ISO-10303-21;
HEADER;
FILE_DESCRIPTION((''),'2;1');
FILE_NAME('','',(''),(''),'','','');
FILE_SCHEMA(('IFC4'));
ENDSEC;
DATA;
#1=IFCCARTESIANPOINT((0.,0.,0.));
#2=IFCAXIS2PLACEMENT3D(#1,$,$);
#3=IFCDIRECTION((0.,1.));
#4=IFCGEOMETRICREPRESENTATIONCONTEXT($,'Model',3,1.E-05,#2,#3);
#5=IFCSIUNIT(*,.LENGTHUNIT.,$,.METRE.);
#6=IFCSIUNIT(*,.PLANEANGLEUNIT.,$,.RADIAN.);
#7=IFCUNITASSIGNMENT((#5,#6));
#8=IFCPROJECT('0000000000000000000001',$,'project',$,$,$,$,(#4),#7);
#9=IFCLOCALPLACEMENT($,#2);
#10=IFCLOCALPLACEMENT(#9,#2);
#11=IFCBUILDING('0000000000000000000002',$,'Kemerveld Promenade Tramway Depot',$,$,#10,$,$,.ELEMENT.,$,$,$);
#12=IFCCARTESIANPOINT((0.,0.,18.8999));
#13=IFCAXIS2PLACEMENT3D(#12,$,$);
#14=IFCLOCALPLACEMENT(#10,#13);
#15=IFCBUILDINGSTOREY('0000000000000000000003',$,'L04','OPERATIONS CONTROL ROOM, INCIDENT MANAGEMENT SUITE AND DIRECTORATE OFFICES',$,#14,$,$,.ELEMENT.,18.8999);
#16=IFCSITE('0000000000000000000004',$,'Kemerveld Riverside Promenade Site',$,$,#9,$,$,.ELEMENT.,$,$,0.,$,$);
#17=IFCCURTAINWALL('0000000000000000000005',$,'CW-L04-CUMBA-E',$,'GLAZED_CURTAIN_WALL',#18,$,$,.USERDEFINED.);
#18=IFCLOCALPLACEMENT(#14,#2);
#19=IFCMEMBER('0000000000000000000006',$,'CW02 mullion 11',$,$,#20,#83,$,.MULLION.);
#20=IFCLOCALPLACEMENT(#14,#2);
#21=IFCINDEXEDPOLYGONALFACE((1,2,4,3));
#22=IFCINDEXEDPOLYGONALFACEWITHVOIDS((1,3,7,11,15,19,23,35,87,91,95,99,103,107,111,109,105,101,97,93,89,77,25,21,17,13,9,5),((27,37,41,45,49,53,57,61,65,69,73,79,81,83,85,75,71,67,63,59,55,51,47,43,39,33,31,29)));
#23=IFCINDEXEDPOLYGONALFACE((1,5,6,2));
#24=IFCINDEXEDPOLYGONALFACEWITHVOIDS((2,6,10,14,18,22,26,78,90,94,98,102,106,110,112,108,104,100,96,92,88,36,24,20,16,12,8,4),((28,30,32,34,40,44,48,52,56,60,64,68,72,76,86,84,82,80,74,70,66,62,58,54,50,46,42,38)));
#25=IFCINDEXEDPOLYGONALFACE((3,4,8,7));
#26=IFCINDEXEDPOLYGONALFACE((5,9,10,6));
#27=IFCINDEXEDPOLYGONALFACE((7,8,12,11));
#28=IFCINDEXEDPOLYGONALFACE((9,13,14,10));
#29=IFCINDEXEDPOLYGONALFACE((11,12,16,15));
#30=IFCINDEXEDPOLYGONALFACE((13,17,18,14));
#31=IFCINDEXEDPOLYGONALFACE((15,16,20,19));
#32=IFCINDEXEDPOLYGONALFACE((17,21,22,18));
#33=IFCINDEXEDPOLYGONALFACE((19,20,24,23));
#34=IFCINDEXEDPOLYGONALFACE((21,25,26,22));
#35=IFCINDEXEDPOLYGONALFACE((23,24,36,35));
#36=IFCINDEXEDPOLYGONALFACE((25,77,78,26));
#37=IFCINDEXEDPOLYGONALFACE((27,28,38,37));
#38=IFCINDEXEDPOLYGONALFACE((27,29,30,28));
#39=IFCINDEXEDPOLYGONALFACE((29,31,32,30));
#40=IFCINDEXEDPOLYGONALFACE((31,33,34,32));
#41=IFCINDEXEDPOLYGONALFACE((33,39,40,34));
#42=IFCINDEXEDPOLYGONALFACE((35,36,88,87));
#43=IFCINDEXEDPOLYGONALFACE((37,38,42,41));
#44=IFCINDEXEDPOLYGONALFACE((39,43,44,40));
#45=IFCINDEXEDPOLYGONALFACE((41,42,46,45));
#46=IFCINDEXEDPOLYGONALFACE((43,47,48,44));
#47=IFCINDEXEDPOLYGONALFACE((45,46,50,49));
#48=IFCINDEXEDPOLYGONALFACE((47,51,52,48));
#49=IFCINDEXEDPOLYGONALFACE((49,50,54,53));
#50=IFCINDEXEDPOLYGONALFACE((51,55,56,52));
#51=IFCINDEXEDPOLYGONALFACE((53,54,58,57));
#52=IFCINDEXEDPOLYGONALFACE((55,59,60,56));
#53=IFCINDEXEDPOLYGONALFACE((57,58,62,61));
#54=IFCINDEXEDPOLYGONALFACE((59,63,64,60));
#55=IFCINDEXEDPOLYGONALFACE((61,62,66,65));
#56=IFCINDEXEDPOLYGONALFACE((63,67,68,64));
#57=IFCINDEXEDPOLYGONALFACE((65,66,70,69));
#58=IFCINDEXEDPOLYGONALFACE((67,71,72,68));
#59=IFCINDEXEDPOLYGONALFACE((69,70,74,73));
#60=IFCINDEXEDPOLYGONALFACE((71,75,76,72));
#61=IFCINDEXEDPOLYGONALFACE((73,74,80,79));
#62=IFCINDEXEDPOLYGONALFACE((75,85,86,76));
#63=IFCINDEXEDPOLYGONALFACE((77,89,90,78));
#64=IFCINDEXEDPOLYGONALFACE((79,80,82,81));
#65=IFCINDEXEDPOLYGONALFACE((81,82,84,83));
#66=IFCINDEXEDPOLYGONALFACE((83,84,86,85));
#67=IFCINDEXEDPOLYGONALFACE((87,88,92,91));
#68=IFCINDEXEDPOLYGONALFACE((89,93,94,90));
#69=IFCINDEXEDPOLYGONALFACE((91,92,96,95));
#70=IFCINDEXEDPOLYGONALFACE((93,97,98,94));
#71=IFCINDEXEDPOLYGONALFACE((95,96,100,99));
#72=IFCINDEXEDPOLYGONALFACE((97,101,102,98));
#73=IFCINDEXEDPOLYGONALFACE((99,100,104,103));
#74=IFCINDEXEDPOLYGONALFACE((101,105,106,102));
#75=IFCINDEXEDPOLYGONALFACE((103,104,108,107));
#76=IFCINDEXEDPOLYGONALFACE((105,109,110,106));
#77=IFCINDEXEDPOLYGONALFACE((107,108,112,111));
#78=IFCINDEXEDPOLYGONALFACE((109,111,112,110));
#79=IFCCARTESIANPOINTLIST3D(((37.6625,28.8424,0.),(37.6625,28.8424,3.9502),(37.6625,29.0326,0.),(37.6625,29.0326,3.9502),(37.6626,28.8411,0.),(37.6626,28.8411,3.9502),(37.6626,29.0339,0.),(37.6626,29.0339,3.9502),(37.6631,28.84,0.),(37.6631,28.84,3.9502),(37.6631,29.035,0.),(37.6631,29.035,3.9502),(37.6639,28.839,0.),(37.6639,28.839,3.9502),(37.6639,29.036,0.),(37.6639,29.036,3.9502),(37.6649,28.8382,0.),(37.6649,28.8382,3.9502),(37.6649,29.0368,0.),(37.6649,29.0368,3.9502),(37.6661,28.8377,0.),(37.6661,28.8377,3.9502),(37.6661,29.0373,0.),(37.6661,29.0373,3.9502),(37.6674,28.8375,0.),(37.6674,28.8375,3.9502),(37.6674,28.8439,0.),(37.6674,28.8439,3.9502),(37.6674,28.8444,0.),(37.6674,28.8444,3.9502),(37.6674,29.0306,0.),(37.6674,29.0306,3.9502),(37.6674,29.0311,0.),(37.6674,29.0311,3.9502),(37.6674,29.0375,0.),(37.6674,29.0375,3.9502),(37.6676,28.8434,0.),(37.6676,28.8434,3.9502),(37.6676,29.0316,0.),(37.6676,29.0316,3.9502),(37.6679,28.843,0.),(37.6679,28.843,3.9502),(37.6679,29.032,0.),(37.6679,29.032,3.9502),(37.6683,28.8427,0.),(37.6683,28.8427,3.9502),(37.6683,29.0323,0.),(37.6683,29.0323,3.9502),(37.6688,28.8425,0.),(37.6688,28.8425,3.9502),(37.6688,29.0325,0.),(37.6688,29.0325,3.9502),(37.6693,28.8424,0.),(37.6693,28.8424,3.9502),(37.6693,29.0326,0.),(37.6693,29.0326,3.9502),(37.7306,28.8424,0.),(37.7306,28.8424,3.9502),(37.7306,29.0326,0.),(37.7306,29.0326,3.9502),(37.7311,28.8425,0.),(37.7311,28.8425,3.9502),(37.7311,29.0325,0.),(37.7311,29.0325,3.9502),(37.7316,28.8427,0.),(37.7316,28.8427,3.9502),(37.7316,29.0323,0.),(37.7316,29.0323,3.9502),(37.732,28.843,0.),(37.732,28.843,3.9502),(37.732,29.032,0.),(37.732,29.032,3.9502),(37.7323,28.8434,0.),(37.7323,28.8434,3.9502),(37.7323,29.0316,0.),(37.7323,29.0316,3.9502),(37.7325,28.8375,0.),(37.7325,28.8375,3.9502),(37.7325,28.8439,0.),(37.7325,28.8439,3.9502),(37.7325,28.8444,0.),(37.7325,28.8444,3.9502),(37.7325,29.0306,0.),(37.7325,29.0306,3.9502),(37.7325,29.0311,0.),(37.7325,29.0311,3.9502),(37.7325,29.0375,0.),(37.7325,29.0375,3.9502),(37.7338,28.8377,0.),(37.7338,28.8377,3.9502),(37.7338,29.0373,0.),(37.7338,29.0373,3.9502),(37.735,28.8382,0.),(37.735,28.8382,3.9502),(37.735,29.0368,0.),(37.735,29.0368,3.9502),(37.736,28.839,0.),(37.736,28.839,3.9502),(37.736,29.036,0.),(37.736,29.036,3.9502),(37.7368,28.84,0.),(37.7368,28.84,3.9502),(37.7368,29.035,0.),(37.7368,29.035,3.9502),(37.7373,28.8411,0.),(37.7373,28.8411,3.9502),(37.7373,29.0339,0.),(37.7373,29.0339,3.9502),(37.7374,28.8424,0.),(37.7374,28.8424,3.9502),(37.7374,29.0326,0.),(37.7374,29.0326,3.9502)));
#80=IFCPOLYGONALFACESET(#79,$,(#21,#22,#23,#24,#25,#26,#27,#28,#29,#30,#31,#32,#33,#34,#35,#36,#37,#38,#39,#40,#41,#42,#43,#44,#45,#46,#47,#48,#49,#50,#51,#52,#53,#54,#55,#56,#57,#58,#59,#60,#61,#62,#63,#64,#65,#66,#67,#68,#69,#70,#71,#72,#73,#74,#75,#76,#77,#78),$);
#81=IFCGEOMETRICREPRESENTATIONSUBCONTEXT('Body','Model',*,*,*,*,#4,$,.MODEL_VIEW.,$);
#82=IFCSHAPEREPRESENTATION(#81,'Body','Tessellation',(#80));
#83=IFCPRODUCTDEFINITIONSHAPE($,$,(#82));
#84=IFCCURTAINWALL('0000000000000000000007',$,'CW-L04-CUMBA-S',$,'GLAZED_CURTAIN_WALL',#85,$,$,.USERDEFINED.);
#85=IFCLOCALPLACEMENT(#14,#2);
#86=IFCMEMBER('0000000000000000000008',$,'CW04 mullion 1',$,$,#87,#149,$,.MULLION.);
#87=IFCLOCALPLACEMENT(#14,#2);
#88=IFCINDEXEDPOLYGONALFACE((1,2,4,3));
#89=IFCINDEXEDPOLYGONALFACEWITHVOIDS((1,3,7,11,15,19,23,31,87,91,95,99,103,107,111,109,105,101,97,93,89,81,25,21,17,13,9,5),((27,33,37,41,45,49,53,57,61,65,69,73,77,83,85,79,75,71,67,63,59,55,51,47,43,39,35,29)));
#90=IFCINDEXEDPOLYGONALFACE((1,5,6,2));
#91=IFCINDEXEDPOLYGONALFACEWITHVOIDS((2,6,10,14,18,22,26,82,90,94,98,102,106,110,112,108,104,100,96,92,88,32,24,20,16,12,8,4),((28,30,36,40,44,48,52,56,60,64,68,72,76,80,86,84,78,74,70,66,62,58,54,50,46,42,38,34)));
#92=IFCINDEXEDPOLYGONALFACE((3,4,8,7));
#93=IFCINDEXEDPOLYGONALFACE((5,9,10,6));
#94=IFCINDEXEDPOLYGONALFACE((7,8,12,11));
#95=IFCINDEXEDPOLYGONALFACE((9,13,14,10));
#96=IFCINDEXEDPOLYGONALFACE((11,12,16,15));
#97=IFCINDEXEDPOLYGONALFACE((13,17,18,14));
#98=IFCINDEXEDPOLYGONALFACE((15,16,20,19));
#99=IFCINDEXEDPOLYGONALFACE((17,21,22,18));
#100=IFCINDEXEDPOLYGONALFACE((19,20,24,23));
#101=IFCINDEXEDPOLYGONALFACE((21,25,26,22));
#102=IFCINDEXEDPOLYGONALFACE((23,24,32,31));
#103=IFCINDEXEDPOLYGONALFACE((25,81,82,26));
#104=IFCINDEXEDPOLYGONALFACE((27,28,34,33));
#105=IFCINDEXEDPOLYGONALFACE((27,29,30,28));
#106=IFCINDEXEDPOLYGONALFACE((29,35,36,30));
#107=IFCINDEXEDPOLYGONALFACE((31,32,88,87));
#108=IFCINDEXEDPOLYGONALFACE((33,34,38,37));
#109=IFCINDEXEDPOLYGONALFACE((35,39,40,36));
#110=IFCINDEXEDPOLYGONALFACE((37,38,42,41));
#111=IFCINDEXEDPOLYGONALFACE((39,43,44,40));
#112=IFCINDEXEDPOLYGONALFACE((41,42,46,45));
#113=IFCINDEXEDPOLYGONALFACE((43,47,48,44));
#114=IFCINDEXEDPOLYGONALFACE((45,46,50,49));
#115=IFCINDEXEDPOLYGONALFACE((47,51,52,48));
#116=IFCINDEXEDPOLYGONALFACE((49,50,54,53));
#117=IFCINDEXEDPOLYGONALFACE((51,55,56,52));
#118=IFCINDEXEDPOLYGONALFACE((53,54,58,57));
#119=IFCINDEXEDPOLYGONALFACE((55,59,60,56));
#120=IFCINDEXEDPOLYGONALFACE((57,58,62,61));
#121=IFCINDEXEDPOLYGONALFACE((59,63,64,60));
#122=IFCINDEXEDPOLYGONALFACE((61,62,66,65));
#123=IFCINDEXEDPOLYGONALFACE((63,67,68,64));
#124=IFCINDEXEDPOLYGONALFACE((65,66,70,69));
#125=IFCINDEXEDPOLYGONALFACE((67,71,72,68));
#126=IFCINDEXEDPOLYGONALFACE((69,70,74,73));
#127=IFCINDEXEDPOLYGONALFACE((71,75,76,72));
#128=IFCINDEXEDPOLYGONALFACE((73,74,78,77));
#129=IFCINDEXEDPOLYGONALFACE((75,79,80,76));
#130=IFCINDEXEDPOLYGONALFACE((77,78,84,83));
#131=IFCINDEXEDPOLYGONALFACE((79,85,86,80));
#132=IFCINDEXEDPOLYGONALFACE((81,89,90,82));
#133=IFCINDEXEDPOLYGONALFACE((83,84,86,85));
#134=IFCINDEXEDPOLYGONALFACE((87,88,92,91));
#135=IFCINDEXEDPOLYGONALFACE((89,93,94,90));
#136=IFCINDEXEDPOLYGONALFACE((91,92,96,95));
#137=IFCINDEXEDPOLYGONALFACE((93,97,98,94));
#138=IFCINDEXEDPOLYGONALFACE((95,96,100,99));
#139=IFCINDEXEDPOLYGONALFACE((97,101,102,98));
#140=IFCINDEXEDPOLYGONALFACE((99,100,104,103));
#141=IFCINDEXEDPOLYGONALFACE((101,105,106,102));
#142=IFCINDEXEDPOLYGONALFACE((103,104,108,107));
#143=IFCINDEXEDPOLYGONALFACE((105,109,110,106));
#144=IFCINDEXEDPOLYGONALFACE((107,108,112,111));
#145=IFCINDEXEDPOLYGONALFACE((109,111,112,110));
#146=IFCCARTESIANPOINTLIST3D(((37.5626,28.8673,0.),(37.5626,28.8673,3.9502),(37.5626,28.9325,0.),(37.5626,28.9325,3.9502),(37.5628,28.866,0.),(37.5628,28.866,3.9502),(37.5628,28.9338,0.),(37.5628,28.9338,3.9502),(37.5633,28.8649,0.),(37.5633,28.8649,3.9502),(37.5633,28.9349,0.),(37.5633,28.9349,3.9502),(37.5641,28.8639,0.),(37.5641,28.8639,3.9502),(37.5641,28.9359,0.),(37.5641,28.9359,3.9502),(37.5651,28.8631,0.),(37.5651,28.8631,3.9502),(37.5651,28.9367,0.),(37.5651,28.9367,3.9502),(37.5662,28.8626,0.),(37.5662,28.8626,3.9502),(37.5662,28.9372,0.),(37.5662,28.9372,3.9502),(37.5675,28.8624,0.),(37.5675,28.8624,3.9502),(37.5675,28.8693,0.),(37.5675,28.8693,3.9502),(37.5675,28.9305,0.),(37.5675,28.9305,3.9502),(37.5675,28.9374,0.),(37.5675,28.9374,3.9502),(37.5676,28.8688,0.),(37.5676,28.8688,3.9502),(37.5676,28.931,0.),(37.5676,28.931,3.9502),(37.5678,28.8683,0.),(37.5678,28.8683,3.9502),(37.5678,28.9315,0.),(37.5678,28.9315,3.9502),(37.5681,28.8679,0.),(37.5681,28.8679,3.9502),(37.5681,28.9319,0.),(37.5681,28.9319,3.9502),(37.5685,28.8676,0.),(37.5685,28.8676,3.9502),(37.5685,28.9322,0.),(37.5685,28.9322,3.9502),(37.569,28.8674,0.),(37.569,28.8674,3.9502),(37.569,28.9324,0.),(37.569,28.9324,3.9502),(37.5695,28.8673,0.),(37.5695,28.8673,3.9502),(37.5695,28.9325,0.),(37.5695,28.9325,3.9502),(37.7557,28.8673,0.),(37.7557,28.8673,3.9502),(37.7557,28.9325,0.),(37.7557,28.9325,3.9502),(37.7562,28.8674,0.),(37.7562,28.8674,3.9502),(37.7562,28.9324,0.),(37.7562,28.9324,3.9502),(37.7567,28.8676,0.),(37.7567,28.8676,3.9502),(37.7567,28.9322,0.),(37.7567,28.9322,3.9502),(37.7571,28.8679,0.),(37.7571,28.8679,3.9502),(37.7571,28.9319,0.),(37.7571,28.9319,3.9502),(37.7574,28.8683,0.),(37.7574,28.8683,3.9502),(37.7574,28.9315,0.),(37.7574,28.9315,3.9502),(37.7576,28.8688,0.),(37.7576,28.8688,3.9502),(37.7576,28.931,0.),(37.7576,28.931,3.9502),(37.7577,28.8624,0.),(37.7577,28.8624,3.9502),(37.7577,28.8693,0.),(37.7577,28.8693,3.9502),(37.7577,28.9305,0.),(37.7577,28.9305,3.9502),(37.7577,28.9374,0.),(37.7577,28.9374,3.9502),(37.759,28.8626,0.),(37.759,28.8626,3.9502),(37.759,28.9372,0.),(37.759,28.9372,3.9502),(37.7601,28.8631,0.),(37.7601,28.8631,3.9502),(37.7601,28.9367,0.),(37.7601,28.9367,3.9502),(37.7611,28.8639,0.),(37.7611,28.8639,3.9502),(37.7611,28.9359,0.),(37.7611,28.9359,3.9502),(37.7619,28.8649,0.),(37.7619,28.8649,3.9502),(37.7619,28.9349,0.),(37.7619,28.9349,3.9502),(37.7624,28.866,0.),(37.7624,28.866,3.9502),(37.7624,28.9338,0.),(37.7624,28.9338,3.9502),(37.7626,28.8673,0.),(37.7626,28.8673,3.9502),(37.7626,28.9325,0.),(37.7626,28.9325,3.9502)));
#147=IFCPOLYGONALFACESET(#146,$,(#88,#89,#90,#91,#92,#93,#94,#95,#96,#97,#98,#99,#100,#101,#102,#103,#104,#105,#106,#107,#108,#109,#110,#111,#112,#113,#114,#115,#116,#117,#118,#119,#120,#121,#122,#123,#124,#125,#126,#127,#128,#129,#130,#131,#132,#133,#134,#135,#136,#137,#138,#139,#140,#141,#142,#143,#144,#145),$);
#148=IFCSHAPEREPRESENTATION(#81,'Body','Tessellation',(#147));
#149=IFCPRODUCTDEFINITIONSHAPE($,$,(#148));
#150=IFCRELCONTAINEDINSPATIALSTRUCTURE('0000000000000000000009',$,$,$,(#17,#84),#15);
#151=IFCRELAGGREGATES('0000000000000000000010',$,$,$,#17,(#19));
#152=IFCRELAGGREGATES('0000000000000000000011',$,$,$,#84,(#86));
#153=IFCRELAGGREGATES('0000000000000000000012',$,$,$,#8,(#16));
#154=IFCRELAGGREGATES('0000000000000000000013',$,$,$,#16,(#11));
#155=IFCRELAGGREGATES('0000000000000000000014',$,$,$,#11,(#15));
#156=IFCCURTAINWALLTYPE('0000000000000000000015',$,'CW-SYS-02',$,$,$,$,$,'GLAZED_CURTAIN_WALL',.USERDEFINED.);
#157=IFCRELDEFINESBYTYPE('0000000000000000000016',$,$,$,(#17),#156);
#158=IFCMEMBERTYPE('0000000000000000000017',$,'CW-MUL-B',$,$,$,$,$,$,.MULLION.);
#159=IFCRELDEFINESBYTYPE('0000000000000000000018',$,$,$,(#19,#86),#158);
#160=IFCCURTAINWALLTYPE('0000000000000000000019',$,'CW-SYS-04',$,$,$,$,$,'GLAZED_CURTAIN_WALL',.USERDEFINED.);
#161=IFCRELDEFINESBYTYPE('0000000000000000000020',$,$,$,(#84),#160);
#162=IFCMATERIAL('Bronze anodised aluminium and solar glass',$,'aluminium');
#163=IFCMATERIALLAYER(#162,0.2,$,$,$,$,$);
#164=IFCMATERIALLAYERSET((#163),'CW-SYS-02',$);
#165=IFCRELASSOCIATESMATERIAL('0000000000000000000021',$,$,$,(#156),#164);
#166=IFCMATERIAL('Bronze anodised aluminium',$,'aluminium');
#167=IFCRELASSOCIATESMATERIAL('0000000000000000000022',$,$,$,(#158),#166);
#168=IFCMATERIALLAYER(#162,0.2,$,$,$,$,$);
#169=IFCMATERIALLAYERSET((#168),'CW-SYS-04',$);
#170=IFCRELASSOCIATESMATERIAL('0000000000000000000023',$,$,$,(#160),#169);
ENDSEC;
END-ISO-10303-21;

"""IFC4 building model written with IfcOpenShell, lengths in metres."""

from ifc_helpers import new_model, si_unit, direction, frame, origin, origin_2d, place, context, subcontext, project, spatial, hollow_rectangle, extrude, material, layer, layer_set, material_profile, profile_set, type_object, element, aggregate, save


model = new_model("IFC4")

# Units and contexts
model_context = context("Model", 3, precision=1e-05, world=origin(), true_north=direction((0.0, 1.0)))
body_context = subcontext(model_context, "Body", "Model", "MODEL_VIEW")
ifc_project = project(units=[si_unit("LENGTHUNIT", "METRE"), si_unit("PLANEANGLEUNIT", "RADIAN")], contexts=[model_context])

# Site, building, storey
site_placement = place(None, origin())
site = spatial("IfcSite", under=ifc_project, at=site_placement, Name="Kemerveld Riverside Promenade Site", CompositionType="ELEMENT", RefElevation=0.0)
building_placement = place(site_placement, origin())
building = spatial("IfcBuilding", under=site, at=building_placement, Name="Kemerveld Promenade Tramway Depot", CompositionType="ELEMENT")
storey_placement = place(building_placement, frame((0.0, 0.0, 18.8999)))
storey = spatial("IfcBuildingStorey", under=building, at=storey_placement, Name="L04", Description="OPERATIONS CONTROL ROOM, INCIDENT MANAGEMENT SUITE AND DIRECTORATE OFFICES", CompositionType="ELEMENT", Elevation=18.8999)

# Curtain walls, members
ifc_material_1 = material(Name="Bronze anodised aluminium and solar glass", Category="aluminium")
ifc_layer_1 = layer(ifc_material_1, 0.2)
ifc_layer_set_1 = layer_set([ifc_layer_1], Name="CW-SYS-02")
curtain_wall_type_1 = type_object("IfcCurtainWallType", Name="CW-SYS-02", ElementType="GLAZED_CURTAIN_WALL", PredefinedType="USERDEFINED", material=ifc_layer_set_1)
curtain_wall_1_placement = place(storey_placement, origin())
curtain_wall_1 = element("IfcCurtainWall", 1, at=curtain_wall_1_placement, inside=storey, type_object=curtain_wall_type_1, Name="CW-L04-CUMBA-E", ObjectType="GLAZED_CURTAIN_WALL", PredefinedType="USERDEFINED")
ifc_material_2 = material(Name="Bronze anodised aluminium", Category="aluminium")
ifc_material_profile_1 = material_profile(ifc_material_2, hollow_rectangle(XDim=0.075, YDim=0.2, WallThickness=0.0049, InnerFilletRadius=0.002, OuterFilletRadius=0.0049, at=origin_2d()), Name="CW-MUL-200x75")
ifc_profile_set_1 = profile_set([ifc_material_profile_1], Name="Bronze anodised aluminium")
member_type_1 = type_object("IfcMemberType", Name="CW-MUL-B", PredefinedType="MULLION", material=ifc_profile_set_1)
member_1_placement = place(storey_placement, frame((37.7, 28.9375, 0.0), z_axis=(0.0, 0.0, 1.0), x_axis=(1.0, 0.0, 0.0)))
member_1 = element("IfcMember", 2, at=member_1_placement, type_object=member_type_1, Name="CW02 mullion 11", PredefinedType="MULLION", context=body_context, shape_type="SweptSolid", body=[
    extrude(hollow_rectangle(XDim=0.075, YDim=0.2, WallThickness=0.0049, InnerFilletRadius=0.002, OuterFilletRadius=0.0049, at=origin_2d()), origin(), (0.0, 0.0, 1.0), 3.9502),
])
ifc_layer_2 = layer(ifc_material_1, 0.2)
ifc_layer_set_2 = layer_set([ifc_layer_2], Name="CW-SYS-04")
curtain_wall_type_2 = type_object("IfcCurtainWallType", Name="CW-SYS-04", ElementType="GLAZED_CURTAIN_WALL", PredefinedType="USERDEFINED", material=ifc_layer_set_2)
curtain_wall_2_placement = place(storey_placement, origin())
curtain_wall_2 = element("IfcCurtainWall", 3, at=curtain_wall_2_placement, inside=storey, type_object=curtain_wall_type_2, Name="CW-L04-CUMBA-S", ObjectType="GLAZED_CURTAIN_WALL", PredefinedType="USERDEFINED")
member_2_placement = place(storey_placement, frame((37.6626, 28.8999, 0.0), z_axis=(0.0, 0.0, 1.0), x_axis=(0.0, -1.0, 0.0)))
member_2 = element("IfcMember", 4, at=member_2_placement, type_object=member_type_1, Name="CW04 mullion 1", PredefinedType="MULLION", context=body_context, shape_type="SweptSolid", body=[
    extrude(hollow_rectangle(XDim=0.075, YDim=0.2, WallThickness=0.0049, InnerFilletRadius=0.002, OuterFilletRadius=0.0049, at=origin_2d()), origin(), (0.0, 0.0, 1.0), 3.9502),
])

aggregate(curtain_wall_1, [member_1])
aggregate(curtain_wall_2, [member_2])

save(model, "model.ifc")
